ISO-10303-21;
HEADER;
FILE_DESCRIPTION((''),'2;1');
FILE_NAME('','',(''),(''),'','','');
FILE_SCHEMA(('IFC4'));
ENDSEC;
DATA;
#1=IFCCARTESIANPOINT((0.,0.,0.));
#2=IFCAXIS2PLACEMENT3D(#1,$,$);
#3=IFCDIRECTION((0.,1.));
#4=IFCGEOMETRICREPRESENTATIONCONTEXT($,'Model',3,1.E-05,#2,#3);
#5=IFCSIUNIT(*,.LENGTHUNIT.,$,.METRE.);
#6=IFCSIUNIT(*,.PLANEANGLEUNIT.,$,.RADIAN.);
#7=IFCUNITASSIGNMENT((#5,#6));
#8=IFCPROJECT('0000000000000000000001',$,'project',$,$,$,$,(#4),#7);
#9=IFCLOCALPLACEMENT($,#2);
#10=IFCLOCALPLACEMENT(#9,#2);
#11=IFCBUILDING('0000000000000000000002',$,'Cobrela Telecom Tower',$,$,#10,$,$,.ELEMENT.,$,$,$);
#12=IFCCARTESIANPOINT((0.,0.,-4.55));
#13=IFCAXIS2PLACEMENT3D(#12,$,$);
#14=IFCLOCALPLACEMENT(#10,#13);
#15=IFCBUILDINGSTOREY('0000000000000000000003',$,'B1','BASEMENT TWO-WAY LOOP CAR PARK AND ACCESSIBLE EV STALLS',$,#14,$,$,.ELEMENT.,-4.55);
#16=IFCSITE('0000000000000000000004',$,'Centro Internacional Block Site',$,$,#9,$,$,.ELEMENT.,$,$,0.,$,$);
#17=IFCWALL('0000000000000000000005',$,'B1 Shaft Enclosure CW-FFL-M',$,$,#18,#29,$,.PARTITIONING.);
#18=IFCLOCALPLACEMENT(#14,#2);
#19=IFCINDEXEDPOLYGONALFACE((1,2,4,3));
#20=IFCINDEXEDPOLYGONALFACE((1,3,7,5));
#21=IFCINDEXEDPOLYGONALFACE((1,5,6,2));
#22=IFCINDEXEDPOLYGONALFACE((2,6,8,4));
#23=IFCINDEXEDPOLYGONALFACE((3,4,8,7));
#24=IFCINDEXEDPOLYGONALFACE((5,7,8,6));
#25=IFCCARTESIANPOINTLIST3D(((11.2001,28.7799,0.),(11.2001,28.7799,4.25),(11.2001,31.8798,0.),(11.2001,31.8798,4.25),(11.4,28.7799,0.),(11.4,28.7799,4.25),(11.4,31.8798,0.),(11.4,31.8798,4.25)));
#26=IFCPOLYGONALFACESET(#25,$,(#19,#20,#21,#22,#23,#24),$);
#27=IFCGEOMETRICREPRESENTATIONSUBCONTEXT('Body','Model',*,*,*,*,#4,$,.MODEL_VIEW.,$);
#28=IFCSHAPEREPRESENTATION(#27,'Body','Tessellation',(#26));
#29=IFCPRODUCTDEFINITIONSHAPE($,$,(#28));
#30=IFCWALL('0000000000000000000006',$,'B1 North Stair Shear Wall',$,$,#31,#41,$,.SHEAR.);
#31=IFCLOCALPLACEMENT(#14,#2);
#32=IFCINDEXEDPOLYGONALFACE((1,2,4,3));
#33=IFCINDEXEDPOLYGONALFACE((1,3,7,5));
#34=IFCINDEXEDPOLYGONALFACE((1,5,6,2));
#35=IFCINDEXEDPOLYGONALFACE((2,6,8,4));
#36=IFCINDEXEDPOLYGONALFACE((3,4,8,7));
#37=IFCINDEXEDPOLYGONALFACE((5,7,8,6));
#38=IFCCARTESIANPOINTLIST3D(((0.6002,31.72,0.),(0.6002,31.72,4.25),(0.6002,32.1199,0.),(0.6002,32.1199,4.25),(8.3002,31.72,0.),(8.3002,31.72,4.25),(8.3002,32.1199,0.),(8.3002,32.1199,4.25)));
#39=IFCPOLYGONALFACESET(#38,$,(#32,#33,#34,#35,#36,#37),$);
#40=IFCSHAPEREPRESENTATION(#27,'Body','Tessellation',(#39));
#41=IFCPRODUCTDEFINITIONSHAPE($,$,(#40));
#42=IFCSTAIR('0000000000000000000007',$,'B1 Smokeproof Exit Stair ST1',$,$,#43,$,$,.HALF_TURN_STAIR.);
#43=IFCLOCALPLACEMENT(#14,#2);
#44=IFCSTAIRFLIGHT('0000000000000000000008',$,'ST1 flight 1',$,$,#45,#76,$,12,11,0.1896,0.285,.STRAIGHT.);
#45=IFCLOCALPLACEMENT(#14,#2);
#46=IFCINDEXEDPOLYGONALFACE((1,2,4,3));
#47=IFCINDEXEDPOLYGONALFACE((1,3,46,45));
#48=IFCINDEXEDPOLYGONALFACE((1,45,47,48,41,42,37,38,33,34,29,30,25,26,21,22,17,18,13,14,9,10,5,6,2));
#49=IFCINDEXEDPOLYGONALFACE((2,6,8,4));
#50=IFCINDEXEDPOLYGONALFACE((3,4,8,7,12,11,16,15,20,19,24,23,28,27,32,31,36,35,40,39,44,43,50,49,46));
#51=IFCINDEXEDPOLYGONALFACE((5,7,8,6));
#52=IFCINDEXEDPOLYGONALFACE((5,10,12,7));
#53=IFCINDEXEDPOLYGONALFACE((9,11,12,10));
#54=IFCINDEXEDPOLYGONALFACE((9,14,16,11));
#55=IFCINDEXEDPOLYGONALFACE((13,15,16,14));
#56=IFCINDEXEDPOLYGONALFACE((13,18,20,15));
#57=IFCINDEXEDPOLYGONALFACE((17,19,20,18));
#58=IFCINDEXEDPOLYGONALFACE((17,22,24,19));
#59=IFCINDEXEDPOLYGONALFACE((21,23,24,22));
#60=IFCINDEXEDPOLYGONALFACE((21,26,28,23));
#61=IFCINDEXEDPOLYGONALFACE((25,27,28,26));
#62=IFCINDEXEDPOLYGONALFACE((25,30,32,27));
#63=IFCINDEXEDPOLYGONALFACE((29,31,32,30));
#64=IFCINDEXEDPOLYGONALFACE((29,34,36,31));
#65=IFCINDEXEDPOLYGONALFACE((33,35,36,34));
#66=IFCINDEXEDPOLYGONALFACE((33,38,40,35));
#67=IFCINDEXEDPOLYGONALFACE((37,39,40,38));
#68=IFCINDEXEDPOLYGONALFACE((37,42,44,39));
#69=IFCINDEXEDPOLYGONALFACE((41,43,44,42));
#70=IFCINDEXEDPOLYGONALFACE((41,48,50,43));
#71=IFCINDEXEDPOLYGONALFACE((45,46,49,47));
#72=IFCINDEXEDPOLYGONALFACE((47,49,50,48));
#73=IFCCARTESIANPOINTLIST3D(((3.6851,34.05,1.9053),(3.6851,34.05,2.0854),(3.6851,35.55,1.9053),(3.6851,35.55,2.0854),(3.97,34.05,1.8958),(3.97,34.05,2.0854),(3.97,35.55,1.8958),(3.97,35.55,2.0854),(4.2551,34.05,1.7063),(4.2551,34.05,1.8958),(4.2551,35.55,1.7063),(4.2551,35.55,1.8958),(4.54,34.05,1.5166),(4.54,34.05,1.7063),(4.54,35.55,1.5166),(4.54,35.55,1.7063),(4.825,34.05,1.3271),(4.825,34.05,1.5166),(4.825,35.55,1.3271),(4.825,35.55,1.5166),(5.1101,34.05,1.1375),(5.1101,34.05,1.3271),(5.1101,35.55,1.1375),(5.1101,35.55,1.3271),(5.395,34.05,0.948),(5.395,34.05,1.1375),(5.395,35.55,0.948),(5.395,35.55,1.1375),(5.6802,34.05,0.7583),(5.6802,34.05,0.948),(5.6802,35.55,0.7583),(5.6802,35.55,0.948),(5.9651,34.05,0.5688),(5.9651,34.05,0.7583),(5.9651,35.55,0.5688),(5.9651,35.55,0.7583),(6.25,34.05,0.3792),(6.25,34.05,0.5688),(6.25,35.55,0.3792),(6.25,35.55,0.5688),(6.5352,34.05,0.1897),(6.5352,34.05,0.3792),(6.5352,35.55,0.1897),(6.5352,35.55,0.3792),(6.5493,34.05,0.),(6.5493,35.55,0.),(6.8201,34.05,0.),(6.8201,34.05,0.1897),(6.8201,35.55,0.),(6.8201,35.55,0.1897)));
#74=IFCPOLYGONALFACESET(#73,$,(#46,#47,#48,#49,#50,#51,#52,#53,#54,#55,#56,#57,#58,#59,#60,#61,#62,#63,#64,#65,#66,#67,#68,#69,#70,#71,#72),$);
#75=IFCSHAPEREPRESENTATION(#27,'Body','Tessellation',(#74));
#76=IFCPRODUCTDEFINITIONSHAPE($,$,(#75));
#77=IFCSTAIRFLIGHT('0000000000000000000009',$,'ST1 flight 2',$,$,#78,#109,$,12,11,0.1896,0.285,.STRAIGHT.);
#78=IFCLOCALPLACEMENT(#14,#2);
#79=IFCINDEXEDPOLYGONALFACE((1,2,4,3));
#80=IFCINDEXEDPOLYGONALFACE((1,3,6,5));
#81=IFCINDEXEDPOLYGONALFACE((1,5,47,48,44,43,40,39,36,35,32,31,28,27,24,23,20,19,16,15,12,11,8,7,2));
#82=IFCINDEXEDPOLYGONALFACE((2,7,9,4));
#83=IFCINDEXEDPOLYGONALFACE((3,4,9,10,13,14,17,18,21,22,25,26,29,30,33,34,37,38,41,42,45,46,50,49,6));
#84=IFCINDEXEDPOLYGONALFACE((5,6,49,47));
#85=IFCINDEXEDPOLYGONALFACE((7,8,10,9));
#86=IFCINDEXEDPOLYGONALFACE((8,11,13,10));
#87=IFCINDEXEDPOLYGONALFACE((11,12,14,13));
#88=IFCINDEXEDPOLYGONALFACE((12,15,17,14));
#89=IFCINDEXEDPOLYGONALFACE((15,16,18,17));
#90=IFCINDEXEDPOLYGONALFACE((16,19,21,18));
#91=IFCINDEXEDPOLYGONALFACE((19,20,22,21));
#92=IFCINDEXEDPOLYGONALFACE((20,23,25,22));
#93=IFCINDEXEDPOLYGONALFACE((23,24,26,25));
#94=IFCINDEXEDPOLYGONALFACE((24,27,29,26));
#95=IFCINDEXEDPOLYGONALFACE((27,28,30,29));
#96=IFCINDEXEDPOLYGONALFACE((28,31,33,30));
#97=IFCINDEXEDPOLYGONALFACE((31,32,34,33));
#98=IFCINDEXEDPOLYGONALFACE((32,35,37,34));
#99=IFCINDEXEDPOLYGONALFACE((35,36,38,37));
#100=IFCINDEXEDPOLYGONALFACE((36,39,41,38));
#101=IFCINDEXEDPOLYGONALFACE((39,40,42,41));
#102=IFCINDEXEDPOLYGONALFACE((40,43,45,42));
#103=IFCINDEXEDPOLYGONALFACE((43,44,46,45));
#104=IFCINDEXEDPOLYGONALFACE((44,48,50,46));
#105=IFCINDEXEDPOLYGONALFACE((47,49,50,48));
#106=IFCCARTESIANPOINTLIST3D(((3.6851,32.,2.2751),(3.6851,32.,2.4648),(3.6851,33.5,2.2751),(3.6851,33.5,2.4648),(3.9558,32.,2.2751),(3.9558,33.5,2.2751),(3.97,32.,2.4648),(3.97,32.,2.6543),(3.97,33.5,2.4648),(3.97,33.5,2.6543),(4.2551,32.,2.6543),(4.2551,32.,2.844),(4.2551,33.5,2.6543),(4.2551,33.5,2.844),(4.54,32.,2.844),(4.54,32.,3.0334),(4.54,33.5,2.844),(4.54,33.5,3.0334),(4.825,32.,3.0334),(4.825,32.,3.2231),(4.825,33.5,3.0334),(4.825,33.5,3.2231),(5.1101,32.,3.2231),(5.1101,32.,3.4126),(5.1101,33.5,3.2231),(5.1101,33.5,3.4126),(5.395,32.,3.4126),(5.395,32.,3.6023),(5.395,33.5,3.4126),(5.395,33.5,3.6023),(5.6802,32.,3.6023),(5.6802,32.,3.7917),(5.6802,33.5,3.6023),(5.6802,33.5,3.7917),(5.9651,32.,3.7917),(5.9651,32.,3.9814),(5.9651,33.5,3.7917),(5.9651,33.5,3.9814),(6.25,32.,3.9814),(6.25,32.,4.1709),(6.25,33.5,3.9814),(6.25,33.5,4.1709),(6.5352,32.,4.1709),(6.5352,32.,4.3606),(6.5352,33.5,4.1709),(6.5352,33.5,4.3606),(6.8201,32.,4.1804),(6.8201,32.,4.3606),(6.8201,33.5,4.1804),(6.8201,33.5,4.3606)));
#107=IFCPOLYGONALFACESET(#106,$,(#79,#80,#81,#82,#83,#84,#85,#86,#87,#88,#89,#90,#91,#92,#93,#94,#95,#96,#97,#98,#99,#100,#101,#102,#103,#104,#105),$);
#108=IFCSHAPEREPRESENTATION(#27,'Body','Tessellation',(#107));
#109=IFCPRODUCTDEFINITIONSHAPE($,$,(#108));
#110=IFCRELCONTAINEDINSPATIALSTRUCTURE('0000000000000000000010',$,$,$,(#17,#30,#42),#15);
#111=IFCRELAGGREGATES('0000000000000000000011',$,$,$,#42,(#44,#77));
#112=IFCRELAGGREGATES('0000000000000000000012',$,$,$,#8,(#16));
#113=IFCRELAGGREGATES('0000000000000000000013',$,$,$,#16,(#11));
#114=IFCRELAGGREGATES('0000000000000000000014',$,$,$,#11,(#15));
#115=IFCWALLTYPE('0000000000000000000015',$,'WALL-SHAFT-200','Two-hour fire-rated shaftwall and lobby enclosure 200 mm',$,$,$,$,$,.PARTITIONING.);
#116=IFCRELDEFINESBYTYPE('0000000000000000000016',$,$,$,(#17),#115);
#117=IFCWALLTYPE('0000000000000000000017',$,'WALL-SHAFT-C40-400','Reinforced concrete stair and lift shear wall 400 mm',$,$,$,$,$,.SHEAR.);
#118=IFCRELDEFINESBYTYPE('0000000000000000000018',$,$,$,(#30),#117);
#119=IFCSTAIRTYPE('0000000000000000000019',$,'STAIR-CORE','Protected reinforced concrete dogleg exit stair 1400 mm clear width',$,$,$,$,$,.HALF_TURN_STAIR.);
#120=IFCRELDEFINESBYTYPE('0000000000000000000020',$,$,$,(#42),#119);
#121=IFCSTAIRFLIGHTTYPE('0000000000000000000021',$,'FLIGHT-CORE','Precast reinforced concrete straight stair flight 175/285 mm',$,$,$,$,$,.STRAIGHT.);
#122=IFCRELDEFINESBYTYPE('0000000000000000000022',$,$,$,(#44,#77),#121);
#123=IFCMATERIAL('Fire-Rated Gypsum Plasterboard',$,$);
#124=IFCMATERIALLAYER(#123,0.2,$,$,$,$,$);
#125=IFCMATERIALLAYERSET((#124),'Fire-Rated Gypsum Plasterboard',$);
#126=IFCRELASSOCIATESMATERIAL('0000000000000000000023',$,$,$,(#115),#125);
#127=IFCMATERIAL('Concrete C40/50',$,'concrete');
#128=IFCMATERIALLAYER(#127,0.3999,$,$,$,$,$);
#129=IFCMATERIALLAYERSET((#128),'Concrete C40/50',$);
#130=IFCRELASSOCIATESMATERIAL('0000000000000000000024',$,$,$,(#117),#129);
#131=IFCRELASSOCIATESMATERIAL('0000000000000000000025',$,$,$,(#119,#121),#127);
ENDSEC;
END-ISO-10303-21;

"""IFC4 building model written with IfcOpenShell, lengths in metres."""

from ifc_helpers import new_model, si_unit, direction, frame, frame_2d, origin, place, context, subcontext, project, spatial, polyline, rectangle, outline, extrude, material, layer, layer_set, type_object, element, aggregate, save


model = new_model("IFC4")

# Units and contexts
model_context = context("Model", 3, precision=1e-05, world=origin(), true_north=direction((0.0, 1.0)))
body_context = subcontext(model_context, "Body", "Model", "MODEL_VIEW")
ifc_project = project(units=[si_unit("LENGTHUNIT", "METRE"), si_unit("PLANEANGLEUNIT", "RADIAN")], contexts=[model_context])

# Site, building, storey
site_placement = place(None, origin())
site = spatial("IfcSite", under=ifc_project, at=site_placement, Name="Centro Internacional Block Site", CompositionType="ELEMENT", RefElevation=0.0)
building_placement = place(site_placement, origin())
building = spatial("IfcBuilding", under=site, at=building_placement, Name="Cobrela Telecom Tower", CompositionType="ELEMENT")
storey_placement = place(building_placement, frame((0.0, 0.0, -4.55)))
storey = spatial("IfcBuildingStorey", under=building, at=storey_placement, Name="B1", Description="BASEMENT TWO-WAY LOOP CAR PARK AND ACCESSIBLE EV STALLS", CompositionType="ELEMENT", Elevation=-4.55)

# Shared definitions
ifc_material_1 = material(Name="Concrete C40/50", Category="concrete")

# Shared definitions
ifc_material_2 = material(Name="Fire-Rated Gypsum Plasterboard")
ifc_layer_1 = layer(ifc_material_2, 0.2)
ifc_layer_set_1 = layer_set([ifc_layer_1], Name="Fire-Rated Gypsum Plasterboard")
wall_type_1 = type_object("IfcWallType", Name="WALL-SHAFT-200", Description="Two-hour fire-rated shaftwall and lobby enclosure 200 mm", PredefinedType="PARTITIONING", material=ifc_layer_set_1)

# Walls
for number, where, z_axis, x_axis, name in (
    (1, (11.3, 28.78, 0.0), (0.0, 0.0, 1.0), (0.0, 1.0, 0.0), "B1 Shaft Enclosure CW-FFL-M"),
):
    element("IfcWall", number, at=place(storey_placement, frame(where, z_axis=z_axis, x_axis=x_axis)), inside=storey, type_object=wall_type_1, Name=name, PredefinedType="PARTITIONING", context=body_context, shape_type="SweptSolid", body=[
        extrude(rectangle(XDim=3.0999, YDim=0.2, at=frame_2d((1.5498, 0.0))), origin(), (0.0, 0.0, 1.0), 4.25),
    ])
ifc_layer_2 = layer(ifc_material_1, 0.3999)
ifc_layer_set_2 = layer_set([ifc_layer_2], Name="Concrete C40/50")
wall_type_2 = type_object("IfcWallType", Name="WALL-SHAFT-C40-400", Description="Reinforced concrete stair and lift shear wall 400 mm", PredefinedType="SHEAR", material=ifc_layer_set_2)
wall_1_placement = place(storey_placement, frame((0.6001, 31.9199, 0.0), z_axis=(0.0, 0.0, 1.0), x_axis=(1.0, 0.0, 0.0)))
element("IfcWall", 2, at=wall_1_placement, inside=storey, type_object=wall_type_2, Name="B1 North Stair Shear Wall", PredefinedType="SHEAR", context=body_context, shape_type="SweptSolid", body=[
    extrude(rectangle(XDim=7.7, YDim=0.3999, at=frame_2d((3.8501, 0.0))), origin(), (0.0, 0.0, 1.0), 4.25),
])

# Stair, stair flights
stair_type = type_object("IfcStairType", Name="STAIR-CORE", Description="Protected reinforced concrete dogleg exit stair 1400 mm clear width", PredefinedType="HALF_TURN_STAIR", material=ifc_material_1)
stair_placement = place(storey_placement, origin())
stair = element("IfcStair", 3, at=stair_placement, inside=storey, type_object=stair_type, Name="B1 Smokeproof Exit Stair ST1", PredefinedType="HALF_TURN_STAIR")
stair_flight_type = type_object("IfcStairFlightType", Name="FLIGHT-CORE", Description="Precast reinforced concrete straight stair flight 175/285 mm", PredefinedType="STRAIGHT", material=ifc_material_1)
stair_flight_1_placement = place(storey_placement, frame((6.8201, 34.8, 0.0), z_axis=(0.0, 0.0, 1.0), x_axis=(-1.0, 0.0, 0.0)))
stair_flight_1 = element("IfcStairFlight", 4, at=stair_flight_1_placement, type_object=stair_flight_type, Name="ST1 flight 1", NumberOfRisers=12, NumberOfTreads=11, PredefinedType="STRAIGHT", RiserHeight=0.1896, TreadLength=0.285, context=body_context, shape_type="SweptSolid", body=[
    extrude(outline(polyline([(0.0, 0.0), (0.0, 0.1897), (0.2849, 0.1897), (0.2849, 0.3792), (0.5701, 0.3792), (0.5701, 0.5688), (0.855, 0.5688), (0.855, 0.7583), (1.1399, 0.7583), (1.1399, 0.948), (1.425, 0.948), (1.425, 1.1375), (1.71, 1.1375), (1.71, 1.3271), (1.9951, 1.3271), (1.9951, 1.5166), (2.28, 1.5166), (2.28, 1.7063), (2.5649, 1.7063), (2.5649, 1.8958), (2.8501, 1.8958), (2.8501, 2.0854), (3.135, 2.0854), (3.135, 2.2749), (3.135, 1.9053), (0.2708, 0.0), (0.0, 0.0)])), frame((0.0, 0.75, 0.0), z_axis=(0.0, -1.0, 0.0), x_axis=(1.0, 0.0, 0.0)), (0.0, 0.0, 1.0), 1.5),
])
stair_flight_2_placement = place(storey_placement, frame((3.6851, 32.75, 2.2751), z_axis=(0.0, 0.0, 1.0), x_axis=(1.0, 0.0, 0.0)))
stair_flight_2 = element("IfcStairFlight", 5, at=stair_flight_2_placement, type_object=stair_flight_type, Name="ST1 flight 2", NumberOfRisers=12, NumberOfTreads=11, PredefinedType="STRAIGHT", RiserHeight=0.1896, TreadLength=0.285, context=body_context, shape_type="SweptSolid", body=[
    extrude(outline(polyline([(0.0, 0.0), (0.0, 0.1897), (0.2849, 0.1897), (0.2849, 0.3792), (0.5701, 0.3792), (0.5701, 0.5688), (0.855, 0.5688), (0.855, 0.7583), (1.1399, 0.7583), (1.1399, 0.948), (1.425, 0.948), (1.425, 1.1375), (1.71, 1.1375), (1.71, 1.3271), (1.9951, 1.3271), (1.9951, 1.5166), (2.28, 1.5166), (2.28, 1.7063), (2.5649, 1.7063), (2.5649, 1.8958), (2.8501, 1.8958), (2.8501, 2.0854), (3.135, 2.0854), (3.135, 2.2749), (3.135, 1.9053), (0.2708, 0.0), (0.0, 0.0)])), frame((0.0, 0.75, 0.0), z_axis=(0.0, -1.0, 0.0), x_axis=(1.0, 0.0, 0.0)), (0.0, 0.0, 1.0), 1.5),
])
aggregate(stair, [stair_flight_1, stair_flight_2])

save(model, "model.ifc")
